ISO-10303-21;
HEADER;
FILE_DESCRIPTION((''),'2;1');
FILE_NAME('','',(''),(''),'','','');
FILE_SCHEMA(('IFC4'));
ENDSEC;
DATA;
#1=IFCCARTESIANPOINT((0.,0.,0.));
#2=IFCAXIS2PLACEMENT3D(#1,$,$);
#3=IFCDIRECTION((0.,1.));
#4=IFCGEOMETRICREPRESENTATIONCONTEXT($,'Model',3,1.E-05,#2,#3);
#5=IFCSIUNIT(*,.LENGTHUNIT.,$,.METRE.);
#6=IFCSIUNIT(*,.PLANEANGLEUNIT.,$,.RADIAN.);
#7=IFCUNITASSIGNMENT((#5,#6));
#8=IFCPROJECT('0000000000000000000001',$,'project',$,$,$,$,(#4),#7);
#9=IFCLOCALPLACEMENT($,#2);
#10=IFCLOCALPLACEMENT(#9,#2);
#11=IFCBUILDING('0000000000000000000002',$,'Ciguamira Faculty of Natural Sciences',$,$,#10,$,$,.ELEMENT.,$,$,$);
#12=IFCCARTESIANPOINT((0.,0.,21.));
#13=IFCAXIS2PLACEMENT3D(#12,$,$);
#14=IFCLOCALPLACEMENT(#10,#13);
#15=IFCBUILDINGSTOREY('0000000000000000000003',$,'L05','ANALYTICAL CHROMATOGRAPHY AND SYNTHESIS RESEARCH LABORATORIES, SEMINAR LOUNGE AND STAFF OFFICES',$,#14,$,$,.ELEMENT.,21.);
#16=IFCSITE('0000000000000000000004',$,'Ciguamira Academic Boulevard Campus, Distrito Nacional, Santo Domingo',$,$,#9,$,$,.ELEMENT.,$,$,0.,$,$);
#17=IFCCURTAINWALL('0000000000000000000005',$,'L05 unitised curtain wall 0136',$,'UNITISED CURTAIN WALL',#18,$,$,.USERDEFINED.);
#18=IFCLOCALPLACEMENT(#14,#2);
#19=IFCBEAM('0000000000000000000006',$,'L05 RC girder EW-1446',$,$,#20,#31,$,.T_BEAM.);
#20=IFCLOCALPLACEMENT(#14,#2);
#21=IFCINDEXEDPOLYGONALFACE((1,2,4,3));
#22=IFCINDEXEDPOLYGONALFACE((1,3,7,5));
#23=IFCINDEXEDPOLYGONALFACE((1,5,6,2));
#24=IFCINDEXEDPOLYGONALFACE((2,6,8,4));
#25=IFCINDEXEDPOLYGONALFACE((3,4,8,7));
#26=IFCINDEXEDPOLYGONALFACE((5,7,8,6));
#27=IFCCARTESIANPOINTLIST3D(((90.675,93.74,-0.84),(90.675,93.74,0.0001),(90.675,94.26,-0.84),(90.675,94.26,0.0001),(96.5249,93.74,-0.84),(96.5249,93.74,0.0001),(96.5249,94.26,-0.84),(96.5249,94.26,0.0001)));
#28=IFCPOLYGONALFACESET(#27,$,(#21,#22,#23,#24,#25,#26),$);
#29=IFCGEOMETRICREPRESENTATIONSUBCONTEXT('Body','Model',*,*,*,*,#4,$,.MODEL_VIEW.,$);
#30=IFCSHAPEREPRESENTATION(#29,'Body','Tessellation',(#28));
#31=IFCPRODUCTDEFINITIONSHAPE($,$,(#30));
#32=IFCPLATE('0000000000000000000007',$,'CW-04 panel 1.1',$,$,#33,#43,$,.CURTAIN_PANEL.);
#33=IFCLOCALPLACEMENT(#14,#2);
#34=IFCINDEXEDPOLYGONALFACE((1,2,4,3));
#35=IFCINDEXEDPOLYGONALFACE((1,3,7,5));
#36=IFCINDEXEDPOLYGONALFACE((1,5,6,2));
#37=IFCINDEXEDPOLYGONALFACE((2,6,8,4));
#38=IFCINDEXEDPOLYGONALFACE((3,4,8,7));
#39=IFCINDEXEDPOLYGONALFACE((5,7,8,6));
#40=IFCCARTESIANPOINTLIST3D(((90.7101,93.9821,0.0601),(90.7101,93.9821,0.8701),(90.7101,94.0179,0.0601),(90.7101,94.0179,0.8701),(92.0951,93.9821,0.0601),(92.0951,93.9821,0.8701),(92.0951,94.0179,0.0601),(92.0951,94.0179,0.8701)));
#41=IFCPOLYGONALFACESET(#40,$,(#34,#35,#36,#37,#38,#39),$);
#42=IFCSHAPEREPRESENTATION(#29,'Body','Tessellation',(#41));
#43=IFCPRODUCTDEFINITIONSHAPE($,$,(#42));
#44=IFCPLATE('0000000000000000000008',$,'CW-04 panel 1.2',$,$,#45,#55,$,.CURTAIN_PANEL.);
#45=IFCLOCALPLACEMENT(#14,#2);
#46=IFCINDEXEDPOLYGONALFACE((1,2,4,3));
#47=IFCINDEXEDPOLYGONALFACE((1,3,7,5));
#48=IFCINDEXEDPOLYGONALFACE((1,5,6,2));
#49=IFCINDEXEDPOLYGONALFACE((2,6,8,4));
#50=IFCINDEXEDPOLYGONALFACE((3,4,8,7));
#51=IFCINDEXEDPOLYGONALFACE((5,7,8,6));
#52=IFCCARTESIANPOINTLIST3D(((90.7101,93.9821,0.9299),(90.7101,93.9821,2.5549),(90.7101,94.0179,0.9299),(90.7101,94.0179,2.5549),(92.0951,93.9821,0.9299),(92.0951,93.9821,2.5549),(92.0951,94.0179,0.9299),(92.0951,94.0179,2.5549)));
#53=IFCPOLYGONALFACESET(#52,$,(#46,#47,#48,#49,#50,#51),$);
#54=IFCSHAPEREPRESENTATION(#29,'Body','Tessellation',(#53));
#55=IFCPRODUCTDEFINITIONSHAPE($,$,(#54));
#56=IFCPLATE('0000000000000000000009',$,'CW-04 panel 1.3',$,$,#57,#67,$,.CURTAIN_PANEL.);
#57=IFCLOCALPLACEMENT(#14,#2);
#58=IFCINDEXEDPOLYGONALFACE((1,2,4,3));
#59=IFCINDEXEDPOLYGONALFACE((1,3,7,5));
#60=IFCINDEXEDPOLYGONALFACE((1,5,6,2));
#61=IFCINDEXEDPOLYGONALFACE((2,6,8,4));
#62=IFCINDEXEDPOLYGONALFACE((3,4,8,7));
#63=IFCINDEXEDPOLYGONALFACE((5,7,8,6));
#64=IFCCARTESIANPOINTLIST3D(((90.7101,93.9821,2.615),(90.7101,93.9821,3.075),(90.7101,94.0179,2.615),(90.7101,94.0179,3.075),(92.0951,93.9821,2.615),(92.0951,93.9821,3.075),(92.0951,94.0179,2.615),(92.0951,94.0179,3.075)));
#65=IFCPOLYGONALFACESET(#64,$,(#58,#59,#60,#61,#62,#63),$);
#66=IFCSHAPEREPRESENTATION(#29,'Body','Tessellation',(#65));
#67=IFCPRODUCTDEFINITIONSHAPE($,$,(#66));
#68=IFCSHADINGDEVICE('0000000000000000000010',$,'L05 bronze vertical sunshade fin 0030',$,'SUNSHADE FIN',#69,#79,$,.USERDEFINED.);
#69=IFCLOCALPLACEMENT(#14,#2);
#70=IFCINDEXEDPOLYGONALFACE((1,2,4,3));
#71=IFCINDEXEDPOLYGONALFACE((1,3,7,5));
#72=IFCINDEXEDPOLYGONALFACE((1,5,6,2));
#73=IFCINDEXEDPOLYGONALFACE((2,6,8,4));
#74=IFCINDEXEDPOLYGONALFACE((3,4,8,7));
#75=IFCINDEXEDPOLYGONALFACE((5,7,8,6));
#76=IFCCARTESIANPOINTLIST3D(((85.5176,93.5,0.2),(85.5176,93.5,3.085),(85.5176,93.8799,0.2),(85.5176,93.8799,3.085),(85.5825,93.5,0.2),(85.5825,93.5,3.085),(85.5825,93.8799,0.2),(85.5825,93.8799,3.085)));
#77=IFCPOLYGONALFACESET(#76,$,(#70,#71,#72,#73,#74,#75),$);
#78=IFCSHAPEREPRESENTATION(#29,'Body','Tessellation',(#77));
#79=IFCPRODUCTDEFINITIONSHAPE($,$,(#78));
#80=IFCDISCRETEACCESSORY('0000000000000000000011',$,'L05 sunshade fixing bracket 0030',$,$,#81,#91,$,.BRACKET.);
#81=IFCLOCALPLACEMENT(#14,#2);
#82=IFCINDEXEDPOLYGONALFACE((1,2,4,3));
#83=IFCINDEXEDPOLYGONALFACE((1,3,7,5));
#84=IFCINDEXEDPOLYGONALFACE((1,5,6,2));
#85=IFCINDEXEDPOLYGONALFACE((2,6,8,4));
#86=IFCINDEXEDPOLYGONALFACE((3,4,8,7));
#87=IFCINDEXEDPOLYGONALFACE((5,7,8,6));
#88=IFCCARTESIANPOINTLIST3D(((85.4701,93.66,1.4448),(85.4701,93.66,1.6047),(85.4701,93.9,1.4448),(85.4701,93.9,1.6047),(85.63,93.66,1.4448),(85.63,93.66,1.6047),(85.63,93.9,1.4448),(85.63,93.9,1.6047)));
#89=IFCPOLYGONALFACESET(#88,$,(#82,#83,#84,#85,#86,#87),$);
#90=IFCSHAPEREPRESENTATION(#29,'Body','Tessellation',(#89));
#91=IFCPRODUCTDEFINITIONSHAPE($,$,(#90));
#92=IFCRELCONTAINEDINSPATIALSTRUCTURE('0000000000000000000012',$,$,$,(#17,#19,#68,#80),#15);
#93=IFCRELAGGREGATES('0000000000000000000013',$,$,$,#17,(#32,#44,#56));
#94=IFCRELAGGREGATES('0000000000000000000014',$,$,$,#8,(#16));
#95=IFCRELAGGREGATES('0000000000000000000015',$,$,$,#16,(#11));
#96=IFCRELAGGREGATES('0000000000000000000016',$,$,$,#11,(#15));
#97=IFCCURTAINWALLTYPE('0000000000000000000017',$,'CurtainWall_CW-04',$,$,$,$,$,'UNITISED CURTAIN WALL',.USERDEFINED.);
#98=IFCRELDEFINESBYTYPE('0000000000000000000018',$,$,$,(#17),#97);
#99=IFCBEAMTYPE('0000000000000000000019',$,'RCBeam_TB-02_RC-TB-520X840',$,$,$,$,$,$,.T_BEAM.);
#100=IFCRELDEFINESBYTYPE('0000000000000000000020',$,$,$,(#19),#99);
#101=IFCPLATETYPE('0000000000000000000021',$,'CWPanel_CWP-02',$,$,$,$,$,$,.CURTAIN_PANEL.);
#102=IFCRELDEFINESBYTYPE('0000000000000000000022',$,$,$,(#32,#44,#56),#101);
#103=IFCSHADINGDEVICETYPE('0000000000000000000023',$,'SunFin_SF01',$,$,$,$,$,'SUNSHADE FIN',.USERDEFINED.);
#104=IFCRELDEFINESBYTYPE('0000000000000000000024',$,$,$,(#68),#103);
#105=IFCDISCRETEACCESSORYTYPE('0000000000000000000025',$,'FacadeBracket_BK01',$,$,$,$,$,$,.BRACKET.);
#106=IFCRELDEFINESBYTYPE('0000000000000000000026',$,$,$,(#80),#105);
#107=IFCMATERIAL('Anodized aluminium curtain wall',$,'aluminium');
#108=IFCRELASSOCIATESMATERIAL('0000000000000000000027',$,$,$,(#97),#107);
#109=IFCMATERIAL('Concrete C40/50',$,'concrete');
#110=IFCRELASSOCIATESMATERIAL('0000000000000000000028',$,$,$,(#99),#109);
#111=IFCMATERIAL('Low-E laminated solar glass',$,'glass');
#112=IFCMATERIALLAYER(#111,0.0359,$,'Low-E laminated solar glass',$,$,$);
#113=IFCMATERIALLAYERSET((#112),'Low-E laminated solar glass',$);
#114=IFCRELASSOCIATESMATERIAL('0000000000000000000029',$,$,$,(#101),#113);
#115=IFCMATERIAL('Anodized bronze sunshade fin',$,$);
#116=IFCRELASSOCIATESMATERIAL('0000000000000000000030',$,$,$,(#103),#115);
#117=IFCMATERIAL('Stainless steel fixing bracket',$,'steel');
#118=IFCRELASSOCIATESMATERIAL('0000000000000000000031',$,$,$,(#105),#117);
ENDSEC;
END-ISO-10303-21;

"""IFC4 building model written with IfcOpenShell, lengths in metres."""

from ifc_helpers import new_model, si_unit, direction, frame, origin, origin_2d, place, context, subcontext, project, spatial, rectangle, extrude, material, layer, layer_set, material_profile, profile_set, type_object, element, aggregate, save


model = new_model("IFC4")

# Units and contexts
model_context = context("Model", 3, precision=1e-05, world=origin(), true_north=direction((0.0, 1.0)))
body_context = subcontext(model_context, "Body", "Model", "MODEL_VIEW")
ifc_project = project(units=[si_unit("LENGTHUNIT", "METRE"), si_unit("PLANEANGLEUNIT", "RADIAN")], contexts=[model_context])

# Site, building, storey
site_placement = place(None, origin())
site = spatial("IfcSite", under=ifc_project, at=site_placement, Name="Ciguamira Academic Boulevard Campus, Distrito Nacional, Santo Domingo", CompositionType="ELEMENT", RefElevation=0.0)
building_placement = place(site_placement, origin())
building = spatial("IfcBuilding", under=site, at=building_placement, Name="Ciguamira Faculty of Natural Sciences", CompositionType="ELEMENT")
storey_placement = place(building_placement, frame((0.0, 0.0, 21.0)))
storey = spatial("IfcBuildingStorey", under=building, at=storey_placement, Name="L05", Description="ANALYTICAL CHROMATOGRAPHY AND SYNTHESIS RESEARCH LABORATORIES, SEMINAR LOUNGE AND STAFF OFFICES", CompositionType="ELEMENT", Elevation=21.0)

# Shared definitions
ifc_material_1 = material(Name="Concrete C40/50", Category="concrete")

# Curtain wall
ifc_material_2 = material(Name="Anodized aluminium curtain wall", Category="aluminium")
curtain_wall_type = type_object("IfcCurtainWallType", Name="CurtainWall_CW-04", ElementType="UNITISED CURTAIN WALL", PredefinedType="USERDEFINED", material=ifc_material_2)
curtain_wall_placement = place(storey_placement, origin())
curtain_wall = element("IfcCurtainWall", 1, at=curtain_wall_placement, inside=storey, type_object=curtain_wall_type, Name="L05 unitised curtain wall 0136", ObjectType="UNITISED CURTAIN WALL", PredefinedType="USERDEFINED")

# Beam
ifc_material_profile_1 = material_profile(ifc_material_1, rectangle(XDim=0.52, YDim=0.8401, at=origin_2d()), Name="RC-TB-520X840")
ifc_profile_set_1 = profile_set([ifc_material_profile_1], Name="Concrete C40/50")
beam_type_1 = type_object("IfcBeamType", Name="RCBeam_TB-02_RC-TB-520X840", PredefinedType="T_BEAM", material=ifc_profile_set_1)
beam_1_placement = place(storey_placement, frame((90.675, 94.0, -0.4199), z_axis=(1.0, 0.0, 0.0), x_axis=(0.0, 1.0, 0.0)))
element("IfcBeam", 2, at=beam_1_placement, inside=storey, type_object=beam_type_1, Name="L05 RC girder EW-1446", PredefinedType="T_BEAM", context=body_context, shape_type="SweptSolid", body=[
    extrude(rectangle(XDim=0.52, YDim=0.8401, at=origin_2d()), origin(), (0.0, 0.0, 1.0), 5.8499),
])

# Plates
ifc_material_3 = material(Name="Low-E laminated solar glass", Category="glass")
ifc_layer = layer(ifc_material_3, 0.0359, Name="Low-E laminated solar glass")
ifc_layer_set = layer_set([ifc_layer], Name="Low-E laminated solar glass")
plate_type = type_object("IfcPlateType", Name="CWPanel_CWP-02", PredefinedType="CURTAIN_PANEL", material=ifc_layer_set)
plate_1_placement = place(storey_placement, frame((91.4026, 94.0, 0.0601), z_axis=(0.0, 0.0, 1.0), x_axis=(1.0, 0.0, 0.0)))
plate_1 = element("IfcPlate", 3, at=plate_1_placement, type_object=plate_type, Name="CW-04 panel 1.1", PredefinedType="CURTAIN_PANEL", context=body_context, shape_type="SweptSolid", body=[
    extrude(rectangle(XDim=1.385, YDim=0.0359, at=origin_2d()), origin(), (0.0, 0.0, 1.0), 0.8101),
])
plate_2_placement = place(storey_placement, frame((91.4026, 94.0, 0.9299), z_axis=(0.0, 0.0, 1.0), x_axis=(1.0, 0.0, 0.0)))
plate_2 = element("IfcPlate", 4, at=plate_2_placement, type_object=plate_type, Name="CW-04 panel 1.2", PredefinedType="CURTAIN_PANEL", context=body_context, shape_type="SweptSolid", body=[
    extrude(rectangle(XDim=1.385, YDim=0.0359, at=origin_2d()), origin(), (0.0, 0.0, 1.0), 1.625),
])
plate_3_placement = place(storey_placement, frame((91.4026, 94.0, 2.615), z_axis=(0.0, 0.0, 1.0), x_axis=(1.0, 0.0, 0.0)))
plate_3 = element("IfcPlate", 5, at=plate_3_placement, type_object=plate_type, Name="CW-04 panel 1.3", PredefinedType="CURTAIN_PANEL", context=body_context, shape_type="SweptSolid", body=[
    extrude(rectangle(XDim=1.385, YDim=0.0359, at=origin_2d()), origin(), (0.0, 0.0, 1.0), 0.46),
])
aggregate(curtain_wall, [plate_1, plate_2, plate_3])

# Shading device
ifc_material_4 = material(Name="Anodized bronze sunshade fin")
ifc_material_profile_2 = material_profile(ifc_material_4, rectangle(XDim=0.0649, YDim=0.3799, at=origin_2d()), Name="BRZ-FIN-65X380")
ifc_profile_set_2 = profile_set([ifc_material_profile_2], Name="Anodized bronze sunshade fin")
shading_device_type = type_object("IfcShadingDeviceType", Name="SunFin_SF01", ElementType="SUNSHADE FIN", PredefinedType="USERDEFINED", material=ifc_profile_set_2)
shading_device_placement = place(storey_placement, frame((85.55, 93.6899, 0.2), z_axis=(0.0, 0.0, 1.0), x_axis=(1.0, 0.0, 0.0)))
element("IfcShadingDevice", 6, at=shading_device_placement, inside=storey, type_object=shading_device_type, Name="L05 bronze vertical sunshade fin 0030", ObjectType="SUNSHADE FIN", PredefinedType="USERDEFINED", context=body_context, shape_type="SweptSolid", body=[
    extrude(rectangle(XDim=0.0649, YDim=0.3799, at=origin_2d()), origin(), (0.0, 0.0, 1.0), 2.885),
])

# Discrete accessory
ifc_material_5 = material(Name="Stainless steel fixing bracket", Category="steel")
discrete_accessory_type = type_object("IfcDiscreteAccessoryType", Name="FacadeBracket_BK01", PredefinedType="BRACKET", material=ifc_material_5)
discrete_accessory_placement = place(storey_placement, frame((85.55, 93.78, 1.4448), z_axis=(0.0, 0.0, 1.0), x_axis=(1.0, 0.0, 0.0)))
element("IfcDiscreteAccessory", 7, at=discrete_accessory_placement, inside=storey, type_object=discrete_accessory_type, Name="L05 sunshade fixing bracket 0030", PredefinedType="BRACKET", context=body_context, shape_type="SweptSolid", body=[
    extrude(rectangle(XDim=0.1599, YDim=0.24, at=origin_2d()), origin(), (0.0, 0.0, 1.0), 0.1599),
])

save(model, "model.ifc")
